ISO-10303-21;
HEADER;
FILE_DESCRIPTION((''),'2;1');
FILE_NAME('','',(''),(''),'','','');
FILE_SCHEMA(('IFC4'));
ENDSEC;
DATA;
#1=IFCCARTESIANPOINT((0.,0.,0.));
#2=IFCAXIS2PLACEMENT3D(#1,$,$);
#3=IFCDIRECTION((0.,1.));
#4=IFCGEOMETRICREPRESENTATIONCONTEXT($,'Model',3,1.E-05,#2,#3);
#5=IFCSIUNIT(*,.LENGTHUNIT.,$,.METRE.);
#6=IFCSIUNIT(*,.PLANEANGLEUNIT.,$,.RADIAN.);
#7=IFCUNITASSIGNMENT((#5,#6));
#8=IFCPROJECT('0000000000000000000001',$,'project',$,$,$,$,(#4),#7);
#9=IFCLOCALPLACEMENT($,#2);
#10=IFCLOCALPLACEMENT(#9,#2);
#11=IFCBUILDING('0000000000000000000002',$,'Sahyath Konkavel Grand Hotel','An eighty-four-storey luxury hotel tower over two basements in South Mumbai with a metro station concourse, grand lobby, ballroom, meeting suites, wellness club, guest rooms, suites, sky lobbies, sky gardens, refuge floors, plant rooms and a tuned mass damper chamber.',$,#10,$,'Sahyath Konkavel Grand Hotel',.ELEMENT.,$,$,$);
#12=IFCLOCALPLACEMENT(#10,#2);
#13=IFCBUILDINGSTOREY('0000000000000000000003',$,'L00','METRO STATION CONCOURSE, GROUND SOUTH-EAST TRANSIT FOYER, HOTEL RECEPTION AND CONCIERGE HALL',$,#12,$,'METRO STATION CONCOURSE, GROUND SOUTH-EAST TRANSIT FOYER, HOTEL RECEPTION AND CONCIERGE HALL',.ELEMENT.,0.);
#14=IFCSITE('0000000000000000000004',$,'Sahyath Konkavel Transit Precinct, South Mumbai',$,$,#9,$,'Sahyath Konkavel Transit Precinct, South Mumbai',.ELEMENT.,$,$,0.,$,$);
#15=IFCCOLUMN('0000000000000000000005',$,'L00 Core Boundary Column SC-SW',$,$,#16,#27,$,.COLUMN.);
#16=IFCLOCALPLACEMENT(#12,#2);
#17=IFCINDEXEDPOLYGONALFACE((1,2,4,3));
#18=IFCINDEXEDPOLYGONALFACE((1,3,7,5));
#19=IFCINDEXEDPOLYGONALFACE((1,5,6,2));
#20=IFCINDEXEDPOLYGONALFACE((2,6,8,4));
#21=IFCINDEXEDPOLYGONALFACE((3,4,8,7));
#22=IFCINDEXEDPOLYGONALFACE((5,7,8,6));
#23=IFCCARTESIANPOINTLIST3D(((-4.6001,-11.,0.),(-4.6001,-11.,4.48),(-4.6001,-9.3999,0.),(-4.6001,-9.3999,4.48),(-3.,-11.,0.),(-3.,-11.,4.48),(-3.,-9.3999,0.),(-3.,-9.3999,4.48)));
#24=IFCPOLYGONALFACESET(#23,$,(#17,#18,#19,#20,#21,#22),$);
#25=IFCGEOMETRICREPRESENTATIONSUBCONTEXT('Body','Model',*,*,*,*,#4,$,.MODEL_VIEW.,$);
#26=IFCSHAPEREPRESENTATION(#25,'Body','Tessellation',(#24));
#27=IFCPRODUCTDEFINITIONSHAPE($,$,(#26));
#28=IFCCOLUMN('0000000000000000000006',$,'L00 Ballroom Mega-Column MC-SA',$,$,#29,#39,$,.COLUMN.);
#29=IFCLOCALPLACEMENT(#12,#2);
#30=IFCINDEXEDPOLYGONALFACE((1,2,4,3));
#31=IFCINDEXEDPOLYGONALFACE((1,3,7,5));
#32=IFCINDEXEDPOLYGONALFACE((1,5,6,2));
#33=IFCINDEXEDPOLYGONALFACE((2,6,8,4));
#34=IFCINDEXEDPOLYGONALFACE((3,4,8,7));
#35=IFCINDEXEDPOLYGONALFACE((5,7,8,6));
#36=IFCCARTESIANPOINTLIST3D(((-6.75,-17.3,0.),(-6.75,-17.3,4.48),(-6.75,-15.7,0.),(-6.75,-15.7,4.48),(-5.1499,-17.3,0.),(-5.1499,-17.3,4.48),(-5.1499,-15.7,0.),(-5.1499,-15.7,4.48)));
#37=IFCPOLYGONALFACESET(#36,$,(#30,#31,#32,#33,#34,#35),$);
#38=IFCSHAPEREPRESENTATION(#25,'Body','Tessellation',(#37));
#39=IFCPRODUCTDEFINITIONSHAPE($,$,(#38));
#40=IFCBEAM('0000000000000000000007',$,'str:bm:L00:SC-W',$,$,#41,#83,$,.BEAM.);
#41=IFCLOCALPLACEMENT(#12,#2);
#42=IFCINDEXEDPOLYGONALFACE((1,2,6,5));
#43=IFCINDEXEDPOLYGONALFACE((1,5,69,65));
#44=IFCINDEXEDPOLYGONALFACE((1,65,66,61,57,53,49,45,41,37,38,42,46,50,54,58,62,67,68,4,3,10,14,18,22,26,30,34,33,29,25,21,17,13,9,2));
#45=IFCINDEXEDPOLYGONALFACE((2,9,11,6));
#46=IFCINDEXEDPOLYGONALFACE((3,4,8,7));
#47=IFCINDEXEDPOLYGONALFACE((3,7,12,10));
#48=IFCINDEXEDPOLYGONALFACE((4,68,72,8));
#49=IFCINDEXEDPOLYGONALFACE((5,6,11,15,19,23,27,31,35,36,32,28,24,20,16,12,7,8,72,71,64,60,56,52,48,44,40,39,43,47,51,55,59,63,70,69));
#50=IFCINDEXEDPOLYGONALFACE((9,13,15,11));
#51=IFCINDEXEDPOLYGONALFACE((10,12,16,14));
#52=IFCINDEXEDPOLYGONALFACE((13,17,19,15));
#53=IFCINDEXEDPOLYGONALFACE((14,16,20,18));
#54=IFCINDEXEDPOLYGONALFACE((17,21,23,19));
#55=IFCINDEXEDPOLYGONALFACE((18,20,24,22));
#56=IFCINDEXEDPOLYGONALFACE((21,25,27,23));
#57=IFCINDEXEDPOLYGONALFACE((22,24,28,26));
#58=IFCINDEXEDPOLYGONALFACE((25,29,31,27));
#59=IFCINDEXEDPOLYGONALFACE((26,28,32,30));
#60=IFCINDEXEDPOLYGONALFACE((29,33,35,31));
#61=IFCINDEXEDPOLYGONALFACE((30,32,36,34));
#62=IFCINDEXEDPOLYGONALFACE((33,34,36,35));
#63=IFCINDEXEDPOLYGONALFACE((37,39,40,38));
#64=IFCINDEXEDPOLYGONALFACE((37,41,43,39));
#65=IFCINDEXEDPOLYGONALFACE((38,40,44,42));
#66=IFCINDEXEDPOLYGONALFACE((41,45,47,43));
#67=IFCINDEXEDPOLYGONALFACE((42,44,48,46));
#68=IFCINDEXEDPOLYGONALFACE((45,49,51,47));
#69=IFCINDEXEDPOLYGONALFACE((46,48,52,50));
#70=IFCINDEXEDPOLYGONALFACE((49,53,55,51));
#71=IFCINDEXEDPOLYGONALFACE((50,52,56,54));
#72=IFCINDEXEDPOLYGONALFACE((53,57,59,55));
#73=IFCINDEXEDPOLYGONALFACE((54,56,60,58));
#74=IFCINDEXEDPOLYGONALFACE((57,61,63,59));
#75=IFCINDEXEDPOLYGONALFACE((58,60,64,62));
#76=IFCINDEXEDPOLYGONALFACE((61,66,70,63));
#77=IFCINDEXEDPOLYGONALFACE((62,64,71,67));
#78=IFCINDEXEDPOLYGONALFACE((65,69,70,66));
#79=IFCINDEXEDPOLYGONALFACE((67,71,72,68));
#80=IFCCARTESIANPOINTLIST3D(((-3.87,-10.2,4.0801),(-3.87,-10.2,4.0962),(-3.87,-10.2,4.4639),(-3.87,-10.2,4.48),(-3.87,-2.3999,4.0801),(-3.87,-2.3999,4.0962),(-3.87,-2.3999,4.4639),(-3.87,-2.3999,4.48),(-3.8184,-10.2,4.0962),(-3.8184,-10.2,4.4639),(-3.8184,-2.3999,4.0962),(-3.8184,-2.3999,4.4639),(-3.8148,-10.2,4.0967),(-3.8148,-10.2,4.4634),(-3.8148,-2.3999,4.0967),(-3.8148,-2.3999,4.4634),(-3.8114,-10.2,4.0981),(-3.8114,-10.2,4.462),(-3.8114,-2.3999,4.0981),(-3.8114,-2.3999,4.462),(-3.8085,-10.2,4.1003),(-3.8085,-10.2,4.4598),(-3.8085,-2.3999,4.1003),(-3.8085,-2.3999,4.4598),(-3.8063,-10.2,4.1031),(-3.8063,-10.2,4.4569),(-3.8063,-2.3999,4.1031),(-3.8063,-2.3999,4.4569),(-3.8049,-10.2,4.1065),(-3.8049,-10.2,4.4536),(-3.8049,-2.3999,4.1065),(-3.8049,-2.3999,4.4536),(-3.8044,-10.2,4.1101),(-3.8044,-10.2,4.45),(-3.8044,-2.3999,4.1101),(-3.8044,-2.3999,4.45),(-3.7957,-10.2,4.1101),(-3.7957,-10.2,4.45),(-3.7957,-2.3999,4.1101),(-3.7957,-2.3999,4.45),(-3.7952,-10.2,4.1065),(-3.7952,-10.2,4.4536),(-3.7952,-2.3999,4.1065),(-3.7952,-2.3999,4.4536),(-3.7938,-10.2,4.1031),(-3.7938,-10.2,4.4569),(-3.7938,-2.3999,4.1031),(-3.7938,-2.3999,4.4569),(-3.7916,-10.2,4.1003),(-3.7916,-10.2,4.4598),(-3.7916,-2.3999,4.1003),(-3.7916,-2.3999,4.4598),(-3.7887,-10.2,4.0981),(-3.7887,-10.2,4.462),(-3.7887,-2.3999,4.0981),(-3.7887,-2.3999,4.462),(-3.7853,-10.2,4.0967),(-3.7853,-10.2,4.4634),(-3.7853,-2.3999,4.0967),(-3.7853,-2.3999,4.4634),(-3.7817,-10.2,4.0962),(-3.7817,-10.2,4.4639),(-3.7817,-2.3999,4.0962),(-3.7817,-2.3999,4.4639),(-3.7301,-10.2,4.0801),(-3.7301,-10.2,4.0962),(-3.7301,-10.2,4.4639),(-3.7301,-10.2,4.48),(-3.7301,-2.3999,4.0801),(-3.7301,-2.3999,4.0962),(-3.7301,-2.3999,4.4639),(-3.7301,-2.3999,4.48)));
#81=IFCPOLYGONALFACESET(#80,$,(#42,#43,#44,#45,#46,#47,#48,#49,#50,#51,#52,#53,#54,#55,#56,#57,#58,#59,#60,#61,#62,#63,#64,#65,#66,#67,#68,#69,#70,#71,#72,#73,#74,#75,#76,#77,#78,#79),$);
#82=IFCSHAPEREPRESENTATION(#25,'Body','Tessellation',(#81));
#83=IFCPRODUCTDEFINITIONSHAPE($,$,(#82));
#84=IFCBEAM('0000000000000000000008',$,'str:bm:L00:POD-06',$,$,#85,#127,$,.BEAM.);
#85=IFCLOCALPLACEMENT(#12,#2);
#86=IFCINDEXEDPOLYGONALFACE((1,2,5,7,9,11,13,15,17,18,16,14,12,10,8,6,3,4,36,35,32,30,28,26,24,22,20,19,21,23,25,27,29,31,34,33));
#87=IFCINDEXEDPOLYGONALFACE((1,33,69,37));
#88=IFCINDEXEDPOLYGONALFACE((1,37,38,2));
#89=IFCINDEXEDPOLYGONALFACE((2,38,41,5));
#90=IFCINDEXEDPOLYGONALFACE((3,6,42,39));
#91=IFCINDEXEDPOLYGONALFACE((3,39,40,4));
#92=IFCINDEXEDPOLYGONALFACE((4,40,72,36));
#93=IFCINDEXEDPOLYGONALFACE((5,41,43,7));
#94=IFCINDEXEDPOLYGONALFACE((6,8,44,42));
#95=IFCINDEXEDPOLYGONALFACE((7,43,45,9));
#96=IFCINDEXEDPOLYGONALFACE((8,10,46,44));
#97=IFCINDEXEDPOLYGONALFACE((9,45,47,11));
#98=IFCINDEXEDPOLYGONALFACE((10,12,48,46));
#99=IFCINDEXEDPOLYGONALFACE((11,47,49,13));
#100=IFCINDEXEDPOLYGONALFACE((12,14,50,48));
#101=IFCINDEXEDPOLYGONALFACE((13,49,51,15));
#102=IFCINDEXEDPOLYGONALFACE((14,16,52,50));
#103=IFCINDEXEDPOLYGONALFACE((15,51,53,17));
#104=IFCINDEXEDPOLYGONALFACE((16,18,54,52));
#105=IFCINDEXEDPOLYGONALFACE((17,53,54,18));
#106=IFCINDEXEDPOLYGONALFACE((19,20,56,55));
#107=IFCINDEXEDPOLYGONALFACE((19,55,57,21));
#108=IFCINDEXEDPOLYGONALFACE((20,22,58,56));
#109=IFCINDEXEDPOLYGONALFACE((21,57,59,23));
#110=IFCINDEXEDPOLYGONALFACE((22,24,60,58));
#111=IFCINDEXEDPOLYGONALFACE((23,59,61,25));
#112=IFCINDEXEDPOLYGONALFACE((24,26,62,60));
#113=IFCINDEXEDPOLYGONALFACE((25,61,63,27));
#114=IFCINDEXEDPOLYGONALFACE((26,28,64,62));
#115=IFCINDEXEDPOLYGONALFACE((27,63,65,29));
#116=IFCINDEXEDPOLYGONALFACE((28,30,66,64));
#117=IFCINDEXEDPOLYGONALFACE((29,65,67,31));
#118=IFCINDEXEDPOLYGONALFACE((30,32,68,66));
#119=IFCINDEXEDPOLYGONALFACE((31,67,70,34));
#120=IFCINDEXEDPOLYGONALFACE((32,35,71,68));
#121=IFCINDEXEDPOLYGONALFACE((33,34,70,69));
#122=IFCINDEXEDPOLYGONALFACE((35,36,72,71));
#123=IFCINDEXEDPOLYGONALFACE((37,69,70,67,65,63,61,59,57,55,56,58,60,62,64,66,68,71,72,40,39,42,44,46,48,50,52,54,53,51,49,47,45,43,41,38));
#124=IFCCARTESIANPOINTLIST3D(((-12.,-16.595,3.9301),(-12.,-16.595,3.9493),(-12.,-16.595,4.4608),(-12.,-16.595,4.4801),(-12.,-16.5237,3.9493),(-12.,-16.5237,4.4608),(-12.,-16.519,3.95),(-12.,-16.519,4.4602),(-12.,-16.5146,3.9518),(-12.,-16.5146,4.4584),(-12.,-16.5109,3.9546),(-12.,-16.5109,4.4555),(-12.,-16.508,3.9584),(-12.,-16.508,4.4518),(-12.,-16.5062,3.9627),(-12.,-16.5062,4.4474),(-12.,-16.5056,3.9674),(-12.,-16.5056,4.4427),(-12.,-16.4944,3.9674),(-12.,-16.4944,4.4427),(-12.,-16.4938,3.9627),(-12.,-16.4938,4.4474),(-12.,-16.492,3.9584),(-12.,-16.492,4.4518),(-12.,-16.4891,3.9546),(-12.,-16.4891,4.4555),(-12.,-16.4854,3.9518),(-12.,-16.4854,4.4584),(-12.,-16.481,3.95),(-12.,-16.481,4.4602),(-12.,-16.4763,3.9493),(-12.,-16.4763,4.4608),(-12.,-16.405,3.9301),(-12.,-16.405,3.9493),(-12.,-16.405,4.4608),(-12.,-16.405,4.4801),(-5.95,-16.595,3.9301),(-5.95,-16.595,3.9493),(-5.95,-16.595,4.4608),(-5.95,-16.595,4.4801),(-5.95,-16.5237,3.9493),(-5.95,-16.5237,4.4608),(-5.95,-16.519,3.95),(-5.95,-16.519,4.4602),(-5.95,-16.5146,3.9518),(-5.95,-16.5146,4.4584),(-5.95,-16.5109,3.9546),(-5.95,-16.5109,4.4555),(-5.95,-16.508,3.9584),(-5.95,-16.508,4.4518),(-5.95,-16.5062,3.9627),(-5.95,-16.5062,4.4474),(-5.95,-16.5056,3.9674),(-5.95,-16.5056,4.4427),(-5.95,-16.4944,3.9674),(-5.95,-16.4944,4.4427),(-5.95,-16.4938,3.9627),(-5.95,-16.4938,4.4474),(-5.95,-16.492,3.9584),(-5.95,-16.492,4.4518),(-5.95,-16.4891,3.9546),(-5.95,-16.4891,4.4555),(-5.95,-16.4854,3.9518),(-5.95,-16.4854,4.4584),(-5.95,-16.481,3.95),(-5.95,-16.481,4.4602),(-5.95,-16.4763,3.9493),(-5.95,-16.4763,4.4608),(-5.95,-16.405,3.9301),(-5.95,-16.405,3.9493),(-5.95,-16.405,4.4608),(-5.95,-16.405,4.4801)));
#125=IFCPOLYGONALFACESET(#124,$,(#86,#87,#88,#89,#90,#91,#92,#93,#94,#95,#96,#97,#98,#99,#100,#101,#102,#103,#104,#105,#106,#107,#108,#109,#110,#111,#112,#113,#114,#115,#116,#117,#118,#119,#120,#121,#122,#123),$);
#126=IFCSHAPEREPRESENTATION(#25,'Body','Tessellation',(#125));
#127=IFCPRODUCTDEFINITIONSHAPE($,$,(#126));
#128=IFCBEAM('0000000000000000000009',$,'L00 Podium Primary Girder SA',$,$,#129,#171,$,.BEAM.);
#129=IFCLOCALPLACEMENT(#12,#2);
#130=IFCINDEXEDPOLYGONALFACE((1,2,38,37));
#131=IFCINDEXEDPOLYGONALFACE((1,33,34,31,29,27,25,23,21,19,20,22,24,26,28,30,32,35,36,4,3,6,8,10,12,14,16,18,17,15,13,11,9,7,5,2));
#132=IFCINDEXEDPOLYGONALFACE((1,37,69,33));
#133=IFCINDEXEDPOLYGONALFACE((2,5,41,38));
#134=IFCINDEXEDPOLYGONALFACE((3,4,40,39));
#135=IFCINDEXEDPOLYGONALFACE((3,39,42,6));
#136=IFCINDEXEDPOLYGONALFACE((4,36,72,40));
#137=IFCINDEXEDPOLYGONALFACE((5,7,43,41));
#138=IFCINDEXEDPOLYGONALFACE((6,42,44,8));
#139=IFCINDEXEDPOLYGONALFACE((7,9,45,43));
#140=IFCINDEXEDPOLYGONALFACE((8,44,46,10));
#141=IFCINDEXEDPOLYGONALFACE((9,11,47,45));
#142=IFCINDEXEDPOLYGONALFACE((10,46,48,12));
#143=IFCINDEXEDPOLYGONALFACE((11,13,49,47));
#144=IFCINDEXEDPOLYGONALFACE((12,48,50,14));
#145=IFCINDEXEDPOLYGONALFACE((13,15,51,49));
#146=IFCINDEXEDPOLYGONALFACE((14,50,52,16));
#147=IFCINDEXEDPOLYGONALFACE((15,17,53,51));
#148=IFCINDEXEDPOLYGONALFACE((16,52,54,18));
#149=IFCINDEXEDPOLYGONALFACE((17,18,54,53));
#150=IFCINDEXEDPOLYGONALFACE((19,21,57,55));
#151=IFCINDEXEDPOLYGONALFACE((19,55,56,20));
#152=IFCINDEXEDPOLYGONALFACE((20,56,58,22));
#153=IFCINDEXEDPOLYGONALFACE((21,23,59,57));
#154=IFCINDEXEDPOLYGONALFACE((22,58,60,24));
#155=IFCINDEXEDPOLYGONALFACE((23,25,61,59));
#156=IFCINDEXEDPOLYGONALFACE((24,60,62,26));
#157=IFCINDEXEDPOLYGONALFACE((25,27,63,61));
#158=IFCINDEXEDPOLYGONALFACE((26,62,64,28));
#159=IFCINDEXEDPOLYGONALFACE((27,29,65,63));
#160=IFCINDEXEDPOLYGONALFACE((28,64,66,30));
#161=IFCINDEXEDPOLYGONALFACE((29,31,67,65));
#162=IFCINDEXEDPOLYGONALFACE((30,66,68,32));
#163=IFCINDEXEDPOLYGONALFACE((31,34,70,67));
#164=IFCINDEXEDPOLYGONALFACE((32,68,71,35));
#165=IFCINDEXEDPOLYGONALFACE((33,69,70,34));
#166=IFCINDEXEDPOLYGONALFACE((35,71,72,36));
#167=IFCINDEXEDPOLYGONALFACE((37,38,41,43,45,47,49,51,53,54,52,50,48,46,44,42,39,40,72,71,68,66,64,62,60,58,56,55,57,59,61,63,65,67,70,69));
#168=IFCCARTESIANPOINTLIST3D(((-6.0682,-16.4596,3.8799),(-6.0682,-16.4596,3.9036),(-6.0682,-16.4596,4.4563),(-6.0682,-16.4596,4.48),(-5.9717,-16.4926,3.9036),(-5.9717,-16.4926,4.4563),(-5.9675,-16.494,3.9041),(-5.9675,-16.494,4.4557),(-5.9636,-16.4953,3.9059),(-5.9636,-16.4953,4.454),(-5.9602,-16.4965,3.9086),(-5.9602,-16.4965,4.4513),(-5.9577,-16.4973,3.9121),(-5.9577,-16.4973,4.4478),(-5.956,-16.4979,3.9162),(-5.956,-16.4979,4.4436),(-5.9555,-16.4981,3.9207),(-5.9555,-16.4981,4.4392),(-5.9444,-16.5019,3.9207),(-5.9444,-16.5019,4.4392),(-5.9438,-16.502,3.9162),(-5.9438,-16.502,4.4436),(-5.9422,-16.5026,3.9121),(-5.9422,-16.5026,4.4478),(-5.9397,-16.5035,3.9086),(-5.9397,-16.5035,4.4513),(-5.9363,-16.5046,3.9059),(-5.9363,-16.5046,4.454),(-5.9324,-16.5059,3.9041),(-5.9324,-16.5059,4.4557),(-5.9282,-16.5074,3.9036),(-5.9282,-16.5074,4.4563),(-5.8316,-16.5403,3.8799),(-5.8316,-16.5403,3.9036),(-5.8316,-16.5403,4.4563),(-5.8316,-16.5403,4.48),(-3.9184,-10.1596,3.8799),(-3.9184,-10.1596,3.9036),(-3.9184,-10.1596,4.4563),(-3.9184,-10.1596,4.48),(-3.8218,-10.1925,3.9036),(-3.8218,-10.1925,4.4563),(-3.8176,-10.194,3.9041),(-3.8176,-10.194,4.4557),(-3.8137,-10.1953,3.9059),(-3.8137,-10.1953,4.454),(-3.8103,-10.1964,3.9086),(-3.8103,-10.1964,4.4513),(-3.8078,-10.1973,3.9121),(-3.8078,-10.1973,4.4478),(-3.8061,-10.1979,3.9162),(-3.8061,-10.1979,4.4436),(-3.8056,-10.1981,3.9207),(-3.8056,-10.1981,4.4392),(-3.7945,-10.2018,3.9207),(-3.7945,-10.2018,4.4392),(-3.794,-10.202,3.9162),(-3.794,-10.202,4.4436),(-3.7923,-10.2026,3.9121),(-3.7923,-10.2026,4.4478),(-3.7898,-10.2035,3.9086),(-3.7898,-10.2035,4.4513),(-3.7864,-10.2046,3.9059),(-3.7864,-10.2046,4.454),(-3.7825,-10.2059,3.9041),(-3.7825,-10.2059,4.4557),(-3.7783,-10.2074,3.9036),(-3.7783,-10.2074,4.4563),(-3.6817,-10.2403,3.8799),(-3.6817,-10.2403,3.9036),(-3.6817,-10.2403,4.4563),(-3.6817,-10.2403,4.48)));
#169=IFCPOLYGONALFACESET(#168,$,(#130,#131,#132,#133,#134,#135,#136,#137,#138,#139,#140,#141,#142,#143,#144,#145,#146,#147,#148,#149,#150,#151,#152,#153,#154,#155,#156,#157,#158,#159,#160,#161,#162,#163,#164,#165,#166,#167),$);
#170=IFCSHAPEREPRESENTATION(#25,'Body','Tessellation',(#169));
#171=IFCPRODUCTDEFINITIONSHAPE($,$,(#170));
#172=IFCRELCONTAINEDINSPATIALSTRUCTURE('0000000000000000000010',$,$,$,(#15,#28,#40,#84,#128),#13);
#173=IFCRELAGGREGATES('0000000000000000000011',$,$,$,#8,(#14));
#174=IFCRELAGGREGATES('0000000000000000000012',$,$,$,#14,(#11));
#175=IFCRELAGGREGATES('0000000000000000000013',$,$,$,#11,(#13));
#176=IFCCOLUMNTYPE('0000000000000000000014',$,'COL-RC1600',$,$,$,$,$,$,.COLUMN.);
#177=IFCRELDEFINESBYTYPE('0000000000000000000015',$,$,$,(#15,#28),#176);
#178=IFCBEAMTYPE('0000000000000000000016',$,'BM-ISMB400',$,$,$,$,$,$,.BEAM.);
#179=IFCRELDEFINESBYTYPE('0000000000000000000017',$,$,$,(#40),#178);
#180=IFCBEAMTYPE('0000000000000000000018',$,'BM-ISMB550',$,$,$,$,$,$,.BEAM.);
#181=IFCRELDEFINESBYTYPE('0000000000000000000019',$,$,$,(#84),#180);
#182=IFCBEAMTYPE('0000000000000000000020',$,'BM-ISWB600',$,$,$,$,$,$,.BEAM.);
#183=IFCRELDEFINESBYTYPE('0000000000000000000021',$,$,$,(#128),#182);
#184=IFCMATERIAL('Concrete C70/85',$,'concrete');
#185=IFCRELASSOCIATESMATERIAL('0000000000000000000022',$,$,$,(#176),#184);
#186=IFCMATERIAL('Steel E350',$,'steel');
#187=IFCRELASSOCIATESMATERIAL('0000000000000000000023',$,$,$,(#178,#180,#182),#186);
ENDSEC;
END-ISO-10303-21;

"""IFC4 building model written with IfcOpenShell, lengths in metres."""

from ifc_helpers import new_model, si_unit, direction, frame, origin, origin_2d, place, context, subcontext, project, spatial, rectangle, i_section, extrude, source, transform, mapped, material, material_profile, profile_set, type_object, element, save


model = new_model("IFC4")

# Units and contexts
model_context = context("Model", 3, precision=1e-05, world=origin(), true_north=direction((0.0, 1.0)))
body_context = subcontext(model_context, "Body", "Model", "MODEL_VIEW")
ifc_project = project(units=[si_unit("LENGTHUNIT", "METRE"), si_unit("PLANEANGLEUNIT", "RADIAN")], contexts=[model_context])

# Site, building, storey
site_placement = place(None, origin())
site = spatial("IfcSite", under=ifc_project, at=site_placement, Name="Sahyath Konkavel Transit Precinct, South Mumbai", LongName="Sahyath Konkavel Transit Precinct, South Mumbai", CompositionType="ELEMENT", RefElevation=0.0)
building_placement = place(site_placement, origin())
building = spatial("IfcBuilding", under=site, at=building_placement, Name="Sahyath Konkavel Grand Hotel", Description="An eighty-four-storey luxury hotel tower over two basements in South Mumbai with a metro station concourse, grand lobby, ballroom, meeting suites, wellness club, guest rooms, suites, sky lobbies, sky gardens, refuge floors, plant rooms and a tuned mass damper chamber.", LongName="Sahyath Konkavel Grand Hotel", CompositionType="ELEMENT")
storey_placement = place(building_placement, origin())
storey = spatial("IfcBuildingStorey", under=building, at=storey_placement, Name="L00", Description="METRO STATION CONCOURSE, GROUND SOUTH-EAST TRANSIT FOYER, HOTEL RECEPTION AND CONCIERGE HALL", LongName="METRO STATION CONCOURSE, GROUND SOUTH-EAST TRANSIT FOYER, HOTEL RECEPTION AND CONCIERGE HALL", CompositionType="ELEMENT", Elevation=0.0)

# Columns
ifc_material_1 = material(Name="Concrete C70/85", Category="concrete")
ifc_material_profile_1 = material_profile(ifc_material_1, rectangle(XDim=1.6001, YDim=1.6001, at=origin_2d()), Name="RC 1600x1600")
ifc_profile_set_1 = profile_set([ifc_material_profile_1], Name="Concrete C70/85")
column_type = type_object("IfcColumnType", Name="COL-RC1600", PredefinedType="COLUMN", material=ifc_profile_set_1)
shared_shape_1 = source(origin(), body_context, "Body", "SweptSolid", [
    extrude(rectangle(XDim=1.6001, YDim=1.6001, at=origin_2d()), origin(), (0.0, 0.0, 1.0), 4.48),
])
for number, where, z_axis, x_axis, name in (
    (1, (-3.8, -10.2, 0.0), (0.0, 0.0, 1.0), (1.0, 0.0, 0.0), "L00 Core Boundary Column SC-SW"),
    (2, (-5.95, -16.5, 0.0), (0.0, 0.0, 1.0), (1.0, 0.0, 0.0), "L00 Ballroom Mega-Column MC-SA"),
):
    element("IfcColumn", number, at=place(storey_placement, frame(where, z_axis=z_axis, x_axis=x_axis)), inside=storey, type_object=column_type, Name=name, PredefinedType="COLUMN", context=body_context, shape_type="MappedRepresentation", body=[
        mapped(shared_shape_1, transform((0.0, 0.0, 0.0), scale=1.0)),
    ])

# Beams
ifc_material_2 = material(Name="Steel E350", Category="steel")
ifc_material_profile_2 = material_profile(ifc_material_2, i_section(OverallWidth=0.1399, OverallDepth=0.3999, WebThickness=0.0088, FlangeThickness=0.0161, FilletRadius=0.0139, at=origin_2d()), Name="ISMB 400")
ifc_profile_set_2 = profile_set([ifc_material_profile_2], Name="Steel E350")
beam_type_1 = type_object("IfcBeamType", Name="BM-ISMB400", PredefinedType="BEAM", material=ifc_profile_set_2)
shared_shape_2 = source(origin(), body_context, "Body", "SweptSolid", [
    extrude(i_section(OverallWidth=0.1399, OverallDepth=0.3999, WebThickness=0.0088, FlangeThickness=0.0161, FilletRadius=0.0139, at=origin_2d()), origin(), (0.0, 0.0, 1.0), 7.8),
])
beam_1_placement = place(storey_placement, frame((-3.8, -10.2, 4.28), z_axis=(0.0, 1.0, 0.0), x_axis=(-1.0, 0.0, 0.0)))
element("IfcBeam", 3, at=beam_1_placement, inside=storey, type_object=beam_type_1, Name="str:bm:L00:SC-W", PredefinedType="BEAM", context=body_context, shape_type="MappedRepresentation", body=[
    mapped(shared_shape_2, transform((0.0, 0.0, 0.0), scale=1.0)),
])
ifc_material_profile_3 = material_profile(ifc_material_2, i_section(OverallWidth=0.1899, OverallDepth=0.55, WebThickness=0.0112, FlangeThickness=0.0193, FilletRadius=0.0181, at=origin_2d()), Name="ISMB 550")
ifc_profile_set_3 = profile_set([ifc_material_profile_3], Name="Steel E350")
beam_type_2 = type_object("IfcBeamType", Name="BM-ISMB550", PredefinedType="BEAM", material=ifc_profile_set_3)
shared_shape_3 = source(origin(), body_context, "Body", "SweptSolid", [
    extrude(i_section(OverallWidth=0.1899, OverallDepth=0.55, WebThickness=0.0112, FlangeThickness=0.0193, FilletRadius=0.0181, at=origin_2d()), origin(), (0.0, 0.0, 1.0), 6.05),
])
beam_2_placement = place(storey_placement, frame((-12.0, -16.5, 4.2051), z_axis=(1.0, 0.0, 0.0), x_axis=(0.0, 1.0, 0.0)))
element("IfcBeam", 4, at=beam_2_placement, inside=storey, type_object=beam_type_2, Name="str:bm:L00:POD-06", PredefinedType="BEAM", context=body_context, shape_type="MappedRepresentation", body=[
    mapped(shared_shape_3, transform((0.0, 0.0, 0.0), scale=1.0)),
])
ifc_material_profile_4 = material_profile(ifc_material_2, i_section(OverallWidth=0.25, OverallDepth=0.6001, WebThickness=0.0117, FlangeThickness=0.0237, FilletRadius=0.0171, at=origin_2d()), Name="ISWB 600")
ifc_profile_set_4 = profile_set([ifc_material_profile_4], Name="Steel E350")
beam_type_3 = type_object("IfcBeamType", Name="BM-ISWB600", PredefinedType="BEAM", material=ifc_profile_set_4)
shared_shape_4 = source(origin(), body_context, "Body", "SweptSolid", [
    extrude(i_section(OverallWidth=0.25, OverallDepth=0.6001, WebThickness=0.0117, FlangeThickness=0.0237, FilletRadius=0.0171, at=origin_2d()), origin(), (0.0, 0.0, 1.0), 6.6567),
])
beam_3_placement = place(storey_placement, frame((-3.8, -10.2, 4.1799), z_axis=(-0.322964, -0.946411, 0.0), x_axis=(0.946411, -0.322964, 0.0)))
element("IfcBeam", 5, at=beam_3_placement, inside=storey, type_object=beam_type_3, Name="L00 Podium Primary Girder SA", PredefinedType="BEAM", context=body_context, shape_type="MappedRepresentation", body=[
    mapped(shared_shape_4, transform((0.0, 0.0, 0.0), scale=1.0)),
])

save(model, "model.ifc")
